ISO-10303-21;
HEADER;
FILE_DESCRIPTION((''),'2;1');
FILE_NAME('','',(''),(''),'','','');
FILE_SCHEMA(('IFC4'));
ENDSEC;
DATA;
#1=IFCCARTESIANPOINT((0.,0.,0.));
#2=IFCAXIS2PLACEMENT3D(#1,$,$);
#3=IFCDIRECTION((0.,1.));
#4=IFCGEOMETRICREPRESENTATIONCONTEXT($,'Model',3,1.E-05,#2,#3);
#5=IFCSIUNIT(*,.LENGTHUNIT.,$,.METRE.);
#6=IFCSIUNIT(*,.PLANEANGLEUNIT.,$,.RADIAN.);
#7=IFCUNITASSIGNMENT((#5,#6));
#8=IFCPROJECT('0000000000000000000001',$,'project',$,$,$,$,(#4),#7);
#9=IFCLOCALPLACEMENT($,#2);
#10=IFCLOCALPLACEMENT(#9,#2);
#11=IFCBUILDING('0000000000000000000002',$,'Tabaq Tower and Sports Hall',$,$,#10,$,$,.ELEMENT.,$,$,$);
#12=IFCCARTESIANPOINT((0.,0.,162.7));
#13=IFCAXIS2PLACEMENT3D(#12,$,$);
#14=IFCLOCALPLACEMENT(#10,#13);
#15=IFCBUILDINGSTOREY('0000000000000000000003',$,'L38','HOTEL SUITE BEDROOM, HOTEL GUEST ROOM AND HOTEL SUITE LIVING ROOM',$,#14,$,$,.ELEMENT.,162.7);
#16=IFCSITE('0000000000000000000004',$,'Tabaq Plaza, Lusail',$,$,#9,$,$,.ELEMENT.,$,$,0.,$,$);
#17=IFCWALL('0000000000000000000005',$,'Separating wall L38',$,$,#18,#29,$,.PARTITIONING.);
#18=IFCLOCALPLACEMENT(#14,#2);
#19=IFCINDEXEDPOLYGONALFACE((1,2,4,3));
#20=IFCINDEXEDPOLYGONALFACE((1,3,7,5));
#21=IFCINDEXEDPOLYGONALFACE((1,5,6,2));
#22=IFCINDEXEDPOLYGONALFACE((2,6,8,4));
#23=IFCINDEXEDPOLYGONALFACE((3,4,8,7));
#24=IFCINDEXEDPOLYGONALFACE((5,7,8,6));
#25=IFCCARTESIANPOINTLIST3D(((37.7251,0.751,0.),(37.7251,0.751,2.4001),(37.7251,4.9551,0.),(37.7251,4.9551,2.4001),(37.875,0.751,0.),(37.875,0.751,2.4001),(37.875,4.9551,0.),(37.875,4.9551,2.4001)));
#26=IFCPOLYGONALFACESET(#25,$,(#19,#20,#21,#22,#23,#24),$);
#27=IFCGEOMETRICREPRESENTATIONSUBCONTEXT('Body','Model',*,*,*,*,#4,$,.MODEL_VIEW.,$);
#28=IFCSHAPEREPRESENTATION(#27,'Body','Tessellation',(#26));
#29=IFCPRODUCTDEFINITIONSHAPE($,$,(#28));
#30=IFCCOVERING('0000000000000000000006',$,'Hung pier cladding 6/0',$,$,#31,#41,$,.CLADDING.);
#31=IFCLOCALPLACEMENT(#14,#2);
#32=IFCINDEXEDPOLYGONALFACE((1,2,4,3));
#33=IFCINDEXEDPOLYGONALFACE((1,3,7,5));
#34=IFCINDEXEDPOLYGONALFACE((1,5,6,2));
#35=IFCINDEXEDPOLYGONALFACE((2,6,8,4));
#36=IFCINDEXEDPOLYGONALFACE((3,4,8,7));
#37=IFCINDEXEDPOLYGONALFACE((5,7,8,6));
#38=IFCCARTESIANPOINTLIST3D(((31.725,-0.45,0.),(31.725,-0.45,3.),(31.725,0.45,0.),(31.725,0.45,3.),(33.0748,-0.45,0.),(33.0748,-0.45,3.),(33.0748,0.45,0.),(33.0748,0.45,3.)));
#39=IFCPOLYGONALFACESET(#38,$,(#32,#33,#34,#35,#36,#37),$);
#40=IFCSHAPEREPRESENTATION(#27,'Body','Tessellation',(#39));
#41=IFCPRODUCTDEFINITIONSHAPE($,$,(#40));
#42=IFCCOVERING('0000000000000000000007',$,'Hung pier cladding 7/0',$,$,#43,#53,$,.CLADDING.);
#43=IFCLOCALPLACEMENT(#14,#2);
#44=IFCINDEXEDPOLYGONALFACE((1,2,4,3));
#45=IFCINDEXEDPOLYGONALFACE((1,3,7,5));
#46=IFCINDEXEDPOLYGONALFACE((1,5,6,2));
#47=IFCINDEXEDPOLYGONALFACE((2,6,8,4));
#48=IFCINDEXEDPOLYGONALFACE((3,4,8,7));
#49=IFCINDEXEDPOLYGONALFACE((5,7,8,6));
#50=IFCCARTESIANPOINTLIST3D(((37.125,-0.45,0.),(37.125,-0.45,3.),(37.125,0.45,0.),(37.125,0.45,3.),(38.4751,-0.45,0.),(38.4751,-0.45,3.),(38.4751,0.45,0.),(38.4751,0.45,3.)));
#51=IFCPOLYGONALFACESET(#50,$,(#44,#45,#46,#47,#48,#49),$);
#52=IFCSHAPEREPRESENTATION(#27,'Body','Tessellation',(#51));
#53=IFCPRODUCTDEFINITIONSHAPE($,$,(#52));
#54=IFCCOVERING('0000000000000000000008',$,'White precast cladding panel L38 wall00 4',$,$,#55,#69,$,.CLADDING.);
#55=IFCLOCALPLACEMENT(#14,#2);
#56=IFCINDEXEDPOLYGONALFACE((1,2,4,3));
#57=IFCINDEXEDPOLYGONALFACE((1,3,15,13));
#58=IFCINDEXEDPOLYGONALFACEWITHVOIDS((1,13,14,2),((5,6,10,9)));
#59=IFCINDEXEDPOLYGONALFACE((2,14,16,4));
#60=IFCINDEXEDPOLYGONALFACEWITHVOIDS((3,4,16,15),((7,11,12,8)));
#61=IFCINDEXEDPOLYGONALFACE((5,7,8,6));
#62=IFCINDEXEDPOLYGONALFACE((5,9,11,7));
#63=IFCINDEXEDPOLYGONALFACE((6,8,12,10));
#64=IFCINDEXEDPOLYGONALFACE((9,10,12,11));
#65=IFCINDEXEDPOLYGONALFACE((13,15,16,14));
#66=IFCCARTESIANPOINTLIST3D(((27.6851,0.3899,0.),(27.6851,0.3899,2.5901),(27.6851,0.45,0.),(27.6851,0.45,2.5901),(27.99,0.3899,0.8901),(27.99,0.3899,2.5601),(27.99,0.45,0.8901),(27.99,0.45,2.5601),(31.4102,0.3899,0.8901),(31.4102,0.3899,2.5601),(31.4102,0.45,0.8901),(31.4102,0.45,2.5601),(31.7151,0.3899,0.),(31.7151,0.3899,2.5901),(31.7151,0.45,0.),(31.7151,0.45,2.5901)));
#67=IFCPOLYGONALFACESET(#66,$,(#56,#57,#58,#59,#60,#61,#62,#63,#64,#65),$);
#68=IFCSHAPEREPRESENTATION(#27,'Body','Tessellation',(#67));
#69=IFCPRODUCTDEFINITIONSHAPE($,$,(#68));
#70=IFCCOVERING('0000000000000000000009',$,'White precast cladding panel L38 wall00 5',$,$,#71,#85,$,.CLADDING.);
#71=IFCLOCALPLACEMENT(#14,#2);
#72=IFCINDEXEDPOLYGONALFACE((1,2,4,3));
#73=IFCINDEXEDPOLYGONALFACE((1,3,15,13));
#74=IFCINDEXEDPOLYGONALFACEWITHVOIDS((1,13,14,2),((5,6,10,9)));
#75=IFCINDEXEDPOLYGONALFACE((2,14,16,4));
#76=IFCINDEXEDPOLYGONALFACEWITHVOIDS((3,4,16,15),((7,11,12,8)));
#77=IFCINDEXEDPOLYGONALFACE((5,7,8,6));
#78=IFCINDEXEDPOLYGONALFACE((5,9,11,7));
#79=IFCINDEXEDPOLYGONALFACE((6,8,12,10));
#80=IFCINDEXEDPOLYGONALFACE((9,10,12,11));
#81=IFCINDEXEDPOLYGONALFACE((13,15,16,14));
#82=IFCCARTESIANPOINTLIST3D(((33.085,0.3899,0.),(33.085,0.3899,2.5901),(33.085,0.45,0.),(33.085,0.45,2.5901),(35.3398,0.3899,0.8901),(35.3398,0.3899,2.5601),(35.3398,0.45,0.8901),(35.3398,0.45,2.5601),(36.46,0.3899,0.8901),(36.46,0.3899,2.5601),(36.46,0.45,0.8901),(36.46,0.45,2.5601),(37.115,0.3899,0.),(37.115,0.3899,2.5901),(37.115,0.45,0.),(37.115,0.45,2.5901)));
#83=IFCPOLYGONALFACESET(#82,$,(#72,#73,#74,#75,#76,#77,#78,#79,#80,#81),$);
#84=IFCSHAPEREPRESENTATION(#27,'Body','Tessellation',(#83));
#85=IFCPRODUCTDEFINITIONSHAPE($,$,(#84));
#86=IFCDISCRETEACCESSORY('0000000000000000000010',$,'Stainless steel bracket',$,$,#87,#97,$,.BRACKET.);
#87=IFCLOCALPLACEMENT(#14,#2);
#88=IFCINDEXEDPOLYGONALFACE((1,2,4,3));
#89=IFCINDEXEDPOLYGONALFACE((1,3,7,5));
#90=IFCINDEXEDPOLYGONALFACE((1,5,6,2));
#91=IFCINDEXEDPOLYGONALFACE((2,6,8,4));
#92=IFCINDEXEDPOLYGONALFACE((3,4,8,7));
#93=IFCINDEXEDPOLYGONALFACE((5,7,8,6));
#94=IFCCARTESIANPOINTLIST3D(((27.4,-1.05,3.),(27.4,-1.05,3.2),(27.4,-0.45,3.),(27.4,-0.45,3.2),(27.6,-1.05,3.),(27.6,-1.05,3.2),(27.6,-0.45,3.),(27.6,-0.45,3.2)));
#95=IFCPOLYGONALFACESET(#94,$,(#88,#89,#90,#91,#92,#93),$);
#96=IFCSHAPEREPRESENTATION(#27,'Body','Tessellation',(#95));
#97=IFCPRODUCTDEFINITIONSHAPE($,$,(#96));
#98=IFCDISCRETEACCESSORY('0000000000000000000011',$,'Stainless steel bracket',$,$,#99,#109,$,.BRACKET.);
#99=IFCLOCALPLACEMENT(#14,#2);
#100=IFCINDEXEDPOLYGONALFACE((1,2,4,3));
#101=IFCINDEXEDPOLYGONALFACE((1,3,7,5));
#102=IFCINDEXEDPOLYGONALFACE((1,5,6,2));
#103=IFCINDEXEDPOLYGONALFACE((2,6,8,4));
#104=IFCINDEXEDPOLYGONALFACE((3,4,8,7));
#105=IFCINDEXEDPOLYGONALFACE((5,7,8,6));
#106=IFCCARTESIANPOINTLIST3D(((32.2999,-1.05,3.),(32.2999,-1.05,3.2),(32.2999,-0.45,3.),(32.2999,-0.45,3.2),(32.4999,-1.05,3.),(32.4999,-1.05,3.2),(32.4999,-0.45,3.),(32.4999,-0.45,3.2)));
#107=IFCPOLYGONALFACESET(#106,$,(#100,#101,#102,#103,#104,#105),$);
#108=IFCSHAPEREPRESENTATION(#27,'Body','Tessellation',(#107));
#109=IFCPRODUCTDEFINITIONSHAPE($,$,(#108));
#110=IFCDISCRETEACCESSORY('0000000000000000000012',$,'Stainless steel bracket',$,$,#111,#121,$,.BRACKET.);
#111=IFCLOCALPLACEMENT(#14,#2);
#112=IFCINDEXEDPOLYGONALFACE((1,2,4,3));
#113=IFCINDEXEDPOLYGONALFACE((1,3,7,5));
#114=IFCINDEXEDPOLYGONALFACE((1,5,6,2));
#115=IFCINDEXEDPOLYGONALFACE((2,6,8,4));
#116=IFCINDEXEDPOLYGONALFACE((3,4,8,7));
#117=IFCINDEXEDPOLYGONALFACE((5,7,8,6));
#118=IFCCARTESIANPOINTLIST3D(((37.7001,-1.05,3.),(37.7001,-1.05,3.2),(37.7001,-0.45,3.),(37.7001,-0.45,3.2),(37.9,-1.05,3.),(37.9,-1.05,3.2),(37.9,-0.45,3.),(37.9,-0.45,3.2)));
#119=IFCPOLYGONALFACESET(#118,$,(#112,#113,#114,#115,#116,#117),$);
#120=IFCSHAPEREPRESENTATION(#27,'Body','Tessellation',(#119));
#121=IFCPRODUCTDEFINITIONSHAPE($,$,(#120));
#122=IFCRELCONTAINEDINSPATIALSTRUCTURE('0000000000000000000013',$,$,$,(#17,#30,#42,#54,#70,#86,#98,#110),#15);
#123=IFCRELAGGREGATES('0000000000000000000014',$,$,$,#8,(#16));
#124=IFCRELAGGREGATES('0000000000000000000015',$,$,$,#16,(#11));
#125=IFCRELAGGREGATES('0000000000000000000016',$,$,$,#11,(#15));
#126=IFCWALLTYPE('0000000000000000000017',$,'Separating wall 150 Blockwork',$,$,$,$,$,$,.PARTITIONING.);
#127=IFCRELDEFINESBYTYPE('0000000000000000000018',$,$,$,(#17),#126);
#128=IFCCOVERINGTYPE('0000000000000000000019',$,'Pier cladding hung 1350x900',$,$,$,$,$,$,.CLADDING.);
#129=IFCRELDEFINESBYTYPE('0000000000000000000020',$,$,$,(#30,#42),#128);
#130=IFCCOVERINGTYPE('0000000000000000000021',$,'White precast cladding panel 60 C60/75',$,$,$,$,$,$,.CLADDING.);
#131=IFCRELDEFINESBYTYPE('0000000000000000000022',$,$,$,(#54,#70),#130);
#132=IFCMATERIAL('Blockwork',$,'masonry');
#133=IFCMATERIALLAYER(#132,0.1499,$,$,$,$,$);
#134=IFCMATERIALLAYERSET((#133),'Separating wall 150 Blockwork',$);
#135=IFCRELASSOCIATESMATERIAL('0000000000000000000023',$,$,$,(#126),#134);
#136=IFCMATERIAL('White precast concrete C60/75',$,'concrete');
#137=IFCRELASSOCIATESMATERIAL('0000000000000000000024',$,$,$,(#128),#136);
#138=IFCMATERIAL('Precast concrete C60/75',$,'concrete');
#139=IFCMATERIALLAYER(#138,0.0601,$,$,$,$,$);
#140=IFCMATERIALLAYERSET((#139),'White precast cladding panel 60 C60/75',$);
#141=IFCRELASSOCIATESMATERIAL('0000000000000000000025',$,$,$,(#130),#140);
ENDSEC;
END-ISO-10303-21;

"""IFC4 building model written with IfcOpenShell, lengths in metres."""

from ifc_helpers import new_model, si_unit, direction, frame, frame_2d, origin, origin_2d, place, context, subcontext, project, spatial, polyline, rectangle, outline, extrude, material, layer, layer_set, type_object, element, save


model = new_model("IFC4")

# Units and contexts
model_context = context("Model", 3, precision=1e-05, world=origin(), true_north=direction((0.0, 1.0)))
body_context = subcontext(model_context, "Body", "Model", "MODEL_VIEW")
ifc_project = project(units=[si_unit("LENGTHUNIT", "METRE"), si_unit("PLANEANGLEUNIT", "RADIAN")], contexts=[model_context])

# Site, building, storey
site_placement = place(None, origin())
site = spatial("IfcSite", under=ifc_project, at=site_placement, Name="Tabaq Plaza, Lusail", CompositionType="ELEMENT", RefElevation=0.0)
building_placement = place(site_placement, origin())
building = spatial("IfcBuilding", under=site, at=building_placement, Name="Tabaq Tower and Sports Hall", CompositionType="ELEMENT")
storey_placement = place(building_placement, frame((0.0, 0.0, 162.7)))
storey = spatial("IfcBuildingStorey", under=building, at=storey_placement, Name="L38", Description="HOTEL SUITE BEDROOM, HOTEL GUEST ROOM AND HOTEL SUITE LIVING ROOM", CompositionType="ELEMENT", Elevation=162.7)

# Wall
ifc_material_1 = material(Name="Blockwork", Category="masonry")
ifc_layer_1 = layer(ifc_material_1, 0.1499)
ifc_layer_set_1 = layer_set([ifc_layer_1], Name="Separating wall 150 Blockwork")
wall_type_1 = type_object("IfcWallType", Name="Separating wall 150 Blockwork", PredefinedType="PARTITIONING", material=ifc_layer_set_1)
for number, where, z_axis, x_axis, name in (
    (1, (37.8, 0.751, 0.0), (0.0, 0.0, 1.0), (0.0, 1.0, 0.0), "Separating wall L38"),
):
    element("IfcWall", number, at=place(storey_placement, frame(where, z_axis=z_axis, x_axis=x_axis)), inside=storey, type_object=wall_type_1, Name=name, PredefinedType="PARTITIONING", context=body_context, shape_type="SweptSolid", body=[
        extrude(rectangle(XDim=4.2041, YDim=0.1499, at=frame_2d((2.1021, 0.0))), origin(), (0.0, 0.0, 1.0), 2.4001),
    ])

# Coverings
ifc_material_2 = material(Name="White precast concrete C60/75", Category="concrete")
covering_type_1 = type_object("IfcCoveringType", Name="Pier cladding hung 1350x900", PredefinedType="CLADDING", material=ifc_material_2)
covering_1_placement = place(storey_placement, frame((31.7251, 0.0, 0.0), z_axis=(0.0, 0.0, 1.0), x_axis=(1.0, 0.0, 0.0)))
element("IfcCovering", 2, at=covering_1_placement, inside=storey, type_object=covering_type_1, Name="Hung pier cladding 6/0", PredefinedType="CLADDING", context=body_context, shape_type="SweptSolid", body=[
    extrude(rectangle(XDim=1.3499, YDim=0.8999, at=frame_2d((0.6748, 0.0))), origin(), (0.0, 0.0, 1.0), 3.0),
])
covering_2_placement = place(storey_placement, frame((37.125, 0.0, 0.0), z_axis=(0.0, 0.0, 1.0), x_axis=(1.0, 0.0, 0.0)))
element("IfcCovering", 3, at=covering_2_placement, inside=storey, type_object=covering_type_1, Name="Hung pier cladding 7/0", PredefinedType="CLADDING", context=body_context, shape_type="SweptSolid", body=[
    extrude(rectangle(XDim=1.3501, YDim=0.8999, at=frame_2d((0.675, 0.0))), origin(), (0.0, 0.0, 1.0), 3.0),
])
ifc_material_3 = material(Name="Precast concrete C60/75", Category="concrete")
ifc_layer_2 = layer(ifc_material_3, 0.0601)
ifc_layer_set_2 = layer_set([ifc_layer_2], Name="White precast cladding panel 60 C60/75")
covering_type_2 = type_object("IfcCoveringType", Name="White precast cladding panel 60 C60/75", PredefinedType="CLADDING", material=ifc_layer_set_2)
covering_3_placement = place(storey_placement, frame((27.6851, 0.4199, 0.0), z_axis=(0.0, 0.0, 1.0), x_axis=(1.0, 0.0, 0.0)))
element("IfcCovering", 4, at=covering_3_placement, inside=storey, type_object=covering_type_2, Name="White precast cladding panel L38 wall00 4", PredefinedType="CLADDING", context=body_context, shape_type="SweptSolid", body=[
    extrude(outline(polyline([(0.0, 0.0), (4.03, 0.0), (4.03, 2.5901), (0.0, 2.5901), (0.0, 0.0)]), holes=[polyline([(3.7251, 0.8901), (0.3049, 0.8901), (0.3049, 2.5601), (3.7251, 2.5601), (3.7251, 0.8901)])]), frame((0.0, 0.03, 0.0), z_axis=(0.0, -1.0, 0.0), x_axis=(1.0, 0.0, 0.0)), (0.0, 0.0, 1.0), 0.0601),
])
covering_4_placement = place(storey_placement, frame((33.085, 0.4199, 0.0), z_axis=(0.0, 0.0, 1.0), x_axis=(1.0, 0.0, 0.0)))
element("IfcCovering", 5, at=covering_4_placement, inside=storey, type_object=covering_type_2, Name="White precast cladding panel L38 wall00 5", PredefinedType="CLADDING", context=body_context, shape_type="SweptSolid", body=[
    extrude(outline(polyline([(0.0, 0.0), (4.03, 0.0), (4.03, 2.5901), (0.0, 2.5901), (0.0, 0.0)]), holes=[polyline([(3.375, 0.8901), (2.2549, 0.8901), (2.2549, 2.5601), (3.375, 2.5601), (3.375, 0.8901)])]), frame((0.0, 0.03, 0.0), z_axis=(0.0, -1.0, 0.0), x_axis=(1.0, 0.0, 0.0)), (0.0, 0.0, 1.0), 0.0601),
])

# Discrete accessories
for number, where, z_axis, x_axis, name in (
    (6, (27.5, -0.75, 3.0), (0.0, 0.0, 1.0), (0.0, -1.0, 0.0), "Stainless steel bracket"),
    (7, (32.3999, -0.75, 3.0), (0.0, 0.0, 1.0), (0.0, -1.0, 0.0), "Stainless steel bracket"),
    (8, (37.8, -0.75, 3.0), (0.0, 0.0, 1.0), (0.0, -1.0, 0.0), "Stainless steel bracket"),
):
    element("IfcDiscreteAccessory", number, at=place(storey_placement, frame(where, z_axis=z_axis, x_axis=x_axis)), inside=storey, Name=name, PredefinedType="BRACKET", context=body_context, shape_type="SweptSolid", body=[
        extrude(rectangle(XDim=0.6001, YDim=0.2, at=origin_2d()), origin(), (0.0, 0.0, 1.0), 0.2),
    ])

save(model, "model.ifc")
